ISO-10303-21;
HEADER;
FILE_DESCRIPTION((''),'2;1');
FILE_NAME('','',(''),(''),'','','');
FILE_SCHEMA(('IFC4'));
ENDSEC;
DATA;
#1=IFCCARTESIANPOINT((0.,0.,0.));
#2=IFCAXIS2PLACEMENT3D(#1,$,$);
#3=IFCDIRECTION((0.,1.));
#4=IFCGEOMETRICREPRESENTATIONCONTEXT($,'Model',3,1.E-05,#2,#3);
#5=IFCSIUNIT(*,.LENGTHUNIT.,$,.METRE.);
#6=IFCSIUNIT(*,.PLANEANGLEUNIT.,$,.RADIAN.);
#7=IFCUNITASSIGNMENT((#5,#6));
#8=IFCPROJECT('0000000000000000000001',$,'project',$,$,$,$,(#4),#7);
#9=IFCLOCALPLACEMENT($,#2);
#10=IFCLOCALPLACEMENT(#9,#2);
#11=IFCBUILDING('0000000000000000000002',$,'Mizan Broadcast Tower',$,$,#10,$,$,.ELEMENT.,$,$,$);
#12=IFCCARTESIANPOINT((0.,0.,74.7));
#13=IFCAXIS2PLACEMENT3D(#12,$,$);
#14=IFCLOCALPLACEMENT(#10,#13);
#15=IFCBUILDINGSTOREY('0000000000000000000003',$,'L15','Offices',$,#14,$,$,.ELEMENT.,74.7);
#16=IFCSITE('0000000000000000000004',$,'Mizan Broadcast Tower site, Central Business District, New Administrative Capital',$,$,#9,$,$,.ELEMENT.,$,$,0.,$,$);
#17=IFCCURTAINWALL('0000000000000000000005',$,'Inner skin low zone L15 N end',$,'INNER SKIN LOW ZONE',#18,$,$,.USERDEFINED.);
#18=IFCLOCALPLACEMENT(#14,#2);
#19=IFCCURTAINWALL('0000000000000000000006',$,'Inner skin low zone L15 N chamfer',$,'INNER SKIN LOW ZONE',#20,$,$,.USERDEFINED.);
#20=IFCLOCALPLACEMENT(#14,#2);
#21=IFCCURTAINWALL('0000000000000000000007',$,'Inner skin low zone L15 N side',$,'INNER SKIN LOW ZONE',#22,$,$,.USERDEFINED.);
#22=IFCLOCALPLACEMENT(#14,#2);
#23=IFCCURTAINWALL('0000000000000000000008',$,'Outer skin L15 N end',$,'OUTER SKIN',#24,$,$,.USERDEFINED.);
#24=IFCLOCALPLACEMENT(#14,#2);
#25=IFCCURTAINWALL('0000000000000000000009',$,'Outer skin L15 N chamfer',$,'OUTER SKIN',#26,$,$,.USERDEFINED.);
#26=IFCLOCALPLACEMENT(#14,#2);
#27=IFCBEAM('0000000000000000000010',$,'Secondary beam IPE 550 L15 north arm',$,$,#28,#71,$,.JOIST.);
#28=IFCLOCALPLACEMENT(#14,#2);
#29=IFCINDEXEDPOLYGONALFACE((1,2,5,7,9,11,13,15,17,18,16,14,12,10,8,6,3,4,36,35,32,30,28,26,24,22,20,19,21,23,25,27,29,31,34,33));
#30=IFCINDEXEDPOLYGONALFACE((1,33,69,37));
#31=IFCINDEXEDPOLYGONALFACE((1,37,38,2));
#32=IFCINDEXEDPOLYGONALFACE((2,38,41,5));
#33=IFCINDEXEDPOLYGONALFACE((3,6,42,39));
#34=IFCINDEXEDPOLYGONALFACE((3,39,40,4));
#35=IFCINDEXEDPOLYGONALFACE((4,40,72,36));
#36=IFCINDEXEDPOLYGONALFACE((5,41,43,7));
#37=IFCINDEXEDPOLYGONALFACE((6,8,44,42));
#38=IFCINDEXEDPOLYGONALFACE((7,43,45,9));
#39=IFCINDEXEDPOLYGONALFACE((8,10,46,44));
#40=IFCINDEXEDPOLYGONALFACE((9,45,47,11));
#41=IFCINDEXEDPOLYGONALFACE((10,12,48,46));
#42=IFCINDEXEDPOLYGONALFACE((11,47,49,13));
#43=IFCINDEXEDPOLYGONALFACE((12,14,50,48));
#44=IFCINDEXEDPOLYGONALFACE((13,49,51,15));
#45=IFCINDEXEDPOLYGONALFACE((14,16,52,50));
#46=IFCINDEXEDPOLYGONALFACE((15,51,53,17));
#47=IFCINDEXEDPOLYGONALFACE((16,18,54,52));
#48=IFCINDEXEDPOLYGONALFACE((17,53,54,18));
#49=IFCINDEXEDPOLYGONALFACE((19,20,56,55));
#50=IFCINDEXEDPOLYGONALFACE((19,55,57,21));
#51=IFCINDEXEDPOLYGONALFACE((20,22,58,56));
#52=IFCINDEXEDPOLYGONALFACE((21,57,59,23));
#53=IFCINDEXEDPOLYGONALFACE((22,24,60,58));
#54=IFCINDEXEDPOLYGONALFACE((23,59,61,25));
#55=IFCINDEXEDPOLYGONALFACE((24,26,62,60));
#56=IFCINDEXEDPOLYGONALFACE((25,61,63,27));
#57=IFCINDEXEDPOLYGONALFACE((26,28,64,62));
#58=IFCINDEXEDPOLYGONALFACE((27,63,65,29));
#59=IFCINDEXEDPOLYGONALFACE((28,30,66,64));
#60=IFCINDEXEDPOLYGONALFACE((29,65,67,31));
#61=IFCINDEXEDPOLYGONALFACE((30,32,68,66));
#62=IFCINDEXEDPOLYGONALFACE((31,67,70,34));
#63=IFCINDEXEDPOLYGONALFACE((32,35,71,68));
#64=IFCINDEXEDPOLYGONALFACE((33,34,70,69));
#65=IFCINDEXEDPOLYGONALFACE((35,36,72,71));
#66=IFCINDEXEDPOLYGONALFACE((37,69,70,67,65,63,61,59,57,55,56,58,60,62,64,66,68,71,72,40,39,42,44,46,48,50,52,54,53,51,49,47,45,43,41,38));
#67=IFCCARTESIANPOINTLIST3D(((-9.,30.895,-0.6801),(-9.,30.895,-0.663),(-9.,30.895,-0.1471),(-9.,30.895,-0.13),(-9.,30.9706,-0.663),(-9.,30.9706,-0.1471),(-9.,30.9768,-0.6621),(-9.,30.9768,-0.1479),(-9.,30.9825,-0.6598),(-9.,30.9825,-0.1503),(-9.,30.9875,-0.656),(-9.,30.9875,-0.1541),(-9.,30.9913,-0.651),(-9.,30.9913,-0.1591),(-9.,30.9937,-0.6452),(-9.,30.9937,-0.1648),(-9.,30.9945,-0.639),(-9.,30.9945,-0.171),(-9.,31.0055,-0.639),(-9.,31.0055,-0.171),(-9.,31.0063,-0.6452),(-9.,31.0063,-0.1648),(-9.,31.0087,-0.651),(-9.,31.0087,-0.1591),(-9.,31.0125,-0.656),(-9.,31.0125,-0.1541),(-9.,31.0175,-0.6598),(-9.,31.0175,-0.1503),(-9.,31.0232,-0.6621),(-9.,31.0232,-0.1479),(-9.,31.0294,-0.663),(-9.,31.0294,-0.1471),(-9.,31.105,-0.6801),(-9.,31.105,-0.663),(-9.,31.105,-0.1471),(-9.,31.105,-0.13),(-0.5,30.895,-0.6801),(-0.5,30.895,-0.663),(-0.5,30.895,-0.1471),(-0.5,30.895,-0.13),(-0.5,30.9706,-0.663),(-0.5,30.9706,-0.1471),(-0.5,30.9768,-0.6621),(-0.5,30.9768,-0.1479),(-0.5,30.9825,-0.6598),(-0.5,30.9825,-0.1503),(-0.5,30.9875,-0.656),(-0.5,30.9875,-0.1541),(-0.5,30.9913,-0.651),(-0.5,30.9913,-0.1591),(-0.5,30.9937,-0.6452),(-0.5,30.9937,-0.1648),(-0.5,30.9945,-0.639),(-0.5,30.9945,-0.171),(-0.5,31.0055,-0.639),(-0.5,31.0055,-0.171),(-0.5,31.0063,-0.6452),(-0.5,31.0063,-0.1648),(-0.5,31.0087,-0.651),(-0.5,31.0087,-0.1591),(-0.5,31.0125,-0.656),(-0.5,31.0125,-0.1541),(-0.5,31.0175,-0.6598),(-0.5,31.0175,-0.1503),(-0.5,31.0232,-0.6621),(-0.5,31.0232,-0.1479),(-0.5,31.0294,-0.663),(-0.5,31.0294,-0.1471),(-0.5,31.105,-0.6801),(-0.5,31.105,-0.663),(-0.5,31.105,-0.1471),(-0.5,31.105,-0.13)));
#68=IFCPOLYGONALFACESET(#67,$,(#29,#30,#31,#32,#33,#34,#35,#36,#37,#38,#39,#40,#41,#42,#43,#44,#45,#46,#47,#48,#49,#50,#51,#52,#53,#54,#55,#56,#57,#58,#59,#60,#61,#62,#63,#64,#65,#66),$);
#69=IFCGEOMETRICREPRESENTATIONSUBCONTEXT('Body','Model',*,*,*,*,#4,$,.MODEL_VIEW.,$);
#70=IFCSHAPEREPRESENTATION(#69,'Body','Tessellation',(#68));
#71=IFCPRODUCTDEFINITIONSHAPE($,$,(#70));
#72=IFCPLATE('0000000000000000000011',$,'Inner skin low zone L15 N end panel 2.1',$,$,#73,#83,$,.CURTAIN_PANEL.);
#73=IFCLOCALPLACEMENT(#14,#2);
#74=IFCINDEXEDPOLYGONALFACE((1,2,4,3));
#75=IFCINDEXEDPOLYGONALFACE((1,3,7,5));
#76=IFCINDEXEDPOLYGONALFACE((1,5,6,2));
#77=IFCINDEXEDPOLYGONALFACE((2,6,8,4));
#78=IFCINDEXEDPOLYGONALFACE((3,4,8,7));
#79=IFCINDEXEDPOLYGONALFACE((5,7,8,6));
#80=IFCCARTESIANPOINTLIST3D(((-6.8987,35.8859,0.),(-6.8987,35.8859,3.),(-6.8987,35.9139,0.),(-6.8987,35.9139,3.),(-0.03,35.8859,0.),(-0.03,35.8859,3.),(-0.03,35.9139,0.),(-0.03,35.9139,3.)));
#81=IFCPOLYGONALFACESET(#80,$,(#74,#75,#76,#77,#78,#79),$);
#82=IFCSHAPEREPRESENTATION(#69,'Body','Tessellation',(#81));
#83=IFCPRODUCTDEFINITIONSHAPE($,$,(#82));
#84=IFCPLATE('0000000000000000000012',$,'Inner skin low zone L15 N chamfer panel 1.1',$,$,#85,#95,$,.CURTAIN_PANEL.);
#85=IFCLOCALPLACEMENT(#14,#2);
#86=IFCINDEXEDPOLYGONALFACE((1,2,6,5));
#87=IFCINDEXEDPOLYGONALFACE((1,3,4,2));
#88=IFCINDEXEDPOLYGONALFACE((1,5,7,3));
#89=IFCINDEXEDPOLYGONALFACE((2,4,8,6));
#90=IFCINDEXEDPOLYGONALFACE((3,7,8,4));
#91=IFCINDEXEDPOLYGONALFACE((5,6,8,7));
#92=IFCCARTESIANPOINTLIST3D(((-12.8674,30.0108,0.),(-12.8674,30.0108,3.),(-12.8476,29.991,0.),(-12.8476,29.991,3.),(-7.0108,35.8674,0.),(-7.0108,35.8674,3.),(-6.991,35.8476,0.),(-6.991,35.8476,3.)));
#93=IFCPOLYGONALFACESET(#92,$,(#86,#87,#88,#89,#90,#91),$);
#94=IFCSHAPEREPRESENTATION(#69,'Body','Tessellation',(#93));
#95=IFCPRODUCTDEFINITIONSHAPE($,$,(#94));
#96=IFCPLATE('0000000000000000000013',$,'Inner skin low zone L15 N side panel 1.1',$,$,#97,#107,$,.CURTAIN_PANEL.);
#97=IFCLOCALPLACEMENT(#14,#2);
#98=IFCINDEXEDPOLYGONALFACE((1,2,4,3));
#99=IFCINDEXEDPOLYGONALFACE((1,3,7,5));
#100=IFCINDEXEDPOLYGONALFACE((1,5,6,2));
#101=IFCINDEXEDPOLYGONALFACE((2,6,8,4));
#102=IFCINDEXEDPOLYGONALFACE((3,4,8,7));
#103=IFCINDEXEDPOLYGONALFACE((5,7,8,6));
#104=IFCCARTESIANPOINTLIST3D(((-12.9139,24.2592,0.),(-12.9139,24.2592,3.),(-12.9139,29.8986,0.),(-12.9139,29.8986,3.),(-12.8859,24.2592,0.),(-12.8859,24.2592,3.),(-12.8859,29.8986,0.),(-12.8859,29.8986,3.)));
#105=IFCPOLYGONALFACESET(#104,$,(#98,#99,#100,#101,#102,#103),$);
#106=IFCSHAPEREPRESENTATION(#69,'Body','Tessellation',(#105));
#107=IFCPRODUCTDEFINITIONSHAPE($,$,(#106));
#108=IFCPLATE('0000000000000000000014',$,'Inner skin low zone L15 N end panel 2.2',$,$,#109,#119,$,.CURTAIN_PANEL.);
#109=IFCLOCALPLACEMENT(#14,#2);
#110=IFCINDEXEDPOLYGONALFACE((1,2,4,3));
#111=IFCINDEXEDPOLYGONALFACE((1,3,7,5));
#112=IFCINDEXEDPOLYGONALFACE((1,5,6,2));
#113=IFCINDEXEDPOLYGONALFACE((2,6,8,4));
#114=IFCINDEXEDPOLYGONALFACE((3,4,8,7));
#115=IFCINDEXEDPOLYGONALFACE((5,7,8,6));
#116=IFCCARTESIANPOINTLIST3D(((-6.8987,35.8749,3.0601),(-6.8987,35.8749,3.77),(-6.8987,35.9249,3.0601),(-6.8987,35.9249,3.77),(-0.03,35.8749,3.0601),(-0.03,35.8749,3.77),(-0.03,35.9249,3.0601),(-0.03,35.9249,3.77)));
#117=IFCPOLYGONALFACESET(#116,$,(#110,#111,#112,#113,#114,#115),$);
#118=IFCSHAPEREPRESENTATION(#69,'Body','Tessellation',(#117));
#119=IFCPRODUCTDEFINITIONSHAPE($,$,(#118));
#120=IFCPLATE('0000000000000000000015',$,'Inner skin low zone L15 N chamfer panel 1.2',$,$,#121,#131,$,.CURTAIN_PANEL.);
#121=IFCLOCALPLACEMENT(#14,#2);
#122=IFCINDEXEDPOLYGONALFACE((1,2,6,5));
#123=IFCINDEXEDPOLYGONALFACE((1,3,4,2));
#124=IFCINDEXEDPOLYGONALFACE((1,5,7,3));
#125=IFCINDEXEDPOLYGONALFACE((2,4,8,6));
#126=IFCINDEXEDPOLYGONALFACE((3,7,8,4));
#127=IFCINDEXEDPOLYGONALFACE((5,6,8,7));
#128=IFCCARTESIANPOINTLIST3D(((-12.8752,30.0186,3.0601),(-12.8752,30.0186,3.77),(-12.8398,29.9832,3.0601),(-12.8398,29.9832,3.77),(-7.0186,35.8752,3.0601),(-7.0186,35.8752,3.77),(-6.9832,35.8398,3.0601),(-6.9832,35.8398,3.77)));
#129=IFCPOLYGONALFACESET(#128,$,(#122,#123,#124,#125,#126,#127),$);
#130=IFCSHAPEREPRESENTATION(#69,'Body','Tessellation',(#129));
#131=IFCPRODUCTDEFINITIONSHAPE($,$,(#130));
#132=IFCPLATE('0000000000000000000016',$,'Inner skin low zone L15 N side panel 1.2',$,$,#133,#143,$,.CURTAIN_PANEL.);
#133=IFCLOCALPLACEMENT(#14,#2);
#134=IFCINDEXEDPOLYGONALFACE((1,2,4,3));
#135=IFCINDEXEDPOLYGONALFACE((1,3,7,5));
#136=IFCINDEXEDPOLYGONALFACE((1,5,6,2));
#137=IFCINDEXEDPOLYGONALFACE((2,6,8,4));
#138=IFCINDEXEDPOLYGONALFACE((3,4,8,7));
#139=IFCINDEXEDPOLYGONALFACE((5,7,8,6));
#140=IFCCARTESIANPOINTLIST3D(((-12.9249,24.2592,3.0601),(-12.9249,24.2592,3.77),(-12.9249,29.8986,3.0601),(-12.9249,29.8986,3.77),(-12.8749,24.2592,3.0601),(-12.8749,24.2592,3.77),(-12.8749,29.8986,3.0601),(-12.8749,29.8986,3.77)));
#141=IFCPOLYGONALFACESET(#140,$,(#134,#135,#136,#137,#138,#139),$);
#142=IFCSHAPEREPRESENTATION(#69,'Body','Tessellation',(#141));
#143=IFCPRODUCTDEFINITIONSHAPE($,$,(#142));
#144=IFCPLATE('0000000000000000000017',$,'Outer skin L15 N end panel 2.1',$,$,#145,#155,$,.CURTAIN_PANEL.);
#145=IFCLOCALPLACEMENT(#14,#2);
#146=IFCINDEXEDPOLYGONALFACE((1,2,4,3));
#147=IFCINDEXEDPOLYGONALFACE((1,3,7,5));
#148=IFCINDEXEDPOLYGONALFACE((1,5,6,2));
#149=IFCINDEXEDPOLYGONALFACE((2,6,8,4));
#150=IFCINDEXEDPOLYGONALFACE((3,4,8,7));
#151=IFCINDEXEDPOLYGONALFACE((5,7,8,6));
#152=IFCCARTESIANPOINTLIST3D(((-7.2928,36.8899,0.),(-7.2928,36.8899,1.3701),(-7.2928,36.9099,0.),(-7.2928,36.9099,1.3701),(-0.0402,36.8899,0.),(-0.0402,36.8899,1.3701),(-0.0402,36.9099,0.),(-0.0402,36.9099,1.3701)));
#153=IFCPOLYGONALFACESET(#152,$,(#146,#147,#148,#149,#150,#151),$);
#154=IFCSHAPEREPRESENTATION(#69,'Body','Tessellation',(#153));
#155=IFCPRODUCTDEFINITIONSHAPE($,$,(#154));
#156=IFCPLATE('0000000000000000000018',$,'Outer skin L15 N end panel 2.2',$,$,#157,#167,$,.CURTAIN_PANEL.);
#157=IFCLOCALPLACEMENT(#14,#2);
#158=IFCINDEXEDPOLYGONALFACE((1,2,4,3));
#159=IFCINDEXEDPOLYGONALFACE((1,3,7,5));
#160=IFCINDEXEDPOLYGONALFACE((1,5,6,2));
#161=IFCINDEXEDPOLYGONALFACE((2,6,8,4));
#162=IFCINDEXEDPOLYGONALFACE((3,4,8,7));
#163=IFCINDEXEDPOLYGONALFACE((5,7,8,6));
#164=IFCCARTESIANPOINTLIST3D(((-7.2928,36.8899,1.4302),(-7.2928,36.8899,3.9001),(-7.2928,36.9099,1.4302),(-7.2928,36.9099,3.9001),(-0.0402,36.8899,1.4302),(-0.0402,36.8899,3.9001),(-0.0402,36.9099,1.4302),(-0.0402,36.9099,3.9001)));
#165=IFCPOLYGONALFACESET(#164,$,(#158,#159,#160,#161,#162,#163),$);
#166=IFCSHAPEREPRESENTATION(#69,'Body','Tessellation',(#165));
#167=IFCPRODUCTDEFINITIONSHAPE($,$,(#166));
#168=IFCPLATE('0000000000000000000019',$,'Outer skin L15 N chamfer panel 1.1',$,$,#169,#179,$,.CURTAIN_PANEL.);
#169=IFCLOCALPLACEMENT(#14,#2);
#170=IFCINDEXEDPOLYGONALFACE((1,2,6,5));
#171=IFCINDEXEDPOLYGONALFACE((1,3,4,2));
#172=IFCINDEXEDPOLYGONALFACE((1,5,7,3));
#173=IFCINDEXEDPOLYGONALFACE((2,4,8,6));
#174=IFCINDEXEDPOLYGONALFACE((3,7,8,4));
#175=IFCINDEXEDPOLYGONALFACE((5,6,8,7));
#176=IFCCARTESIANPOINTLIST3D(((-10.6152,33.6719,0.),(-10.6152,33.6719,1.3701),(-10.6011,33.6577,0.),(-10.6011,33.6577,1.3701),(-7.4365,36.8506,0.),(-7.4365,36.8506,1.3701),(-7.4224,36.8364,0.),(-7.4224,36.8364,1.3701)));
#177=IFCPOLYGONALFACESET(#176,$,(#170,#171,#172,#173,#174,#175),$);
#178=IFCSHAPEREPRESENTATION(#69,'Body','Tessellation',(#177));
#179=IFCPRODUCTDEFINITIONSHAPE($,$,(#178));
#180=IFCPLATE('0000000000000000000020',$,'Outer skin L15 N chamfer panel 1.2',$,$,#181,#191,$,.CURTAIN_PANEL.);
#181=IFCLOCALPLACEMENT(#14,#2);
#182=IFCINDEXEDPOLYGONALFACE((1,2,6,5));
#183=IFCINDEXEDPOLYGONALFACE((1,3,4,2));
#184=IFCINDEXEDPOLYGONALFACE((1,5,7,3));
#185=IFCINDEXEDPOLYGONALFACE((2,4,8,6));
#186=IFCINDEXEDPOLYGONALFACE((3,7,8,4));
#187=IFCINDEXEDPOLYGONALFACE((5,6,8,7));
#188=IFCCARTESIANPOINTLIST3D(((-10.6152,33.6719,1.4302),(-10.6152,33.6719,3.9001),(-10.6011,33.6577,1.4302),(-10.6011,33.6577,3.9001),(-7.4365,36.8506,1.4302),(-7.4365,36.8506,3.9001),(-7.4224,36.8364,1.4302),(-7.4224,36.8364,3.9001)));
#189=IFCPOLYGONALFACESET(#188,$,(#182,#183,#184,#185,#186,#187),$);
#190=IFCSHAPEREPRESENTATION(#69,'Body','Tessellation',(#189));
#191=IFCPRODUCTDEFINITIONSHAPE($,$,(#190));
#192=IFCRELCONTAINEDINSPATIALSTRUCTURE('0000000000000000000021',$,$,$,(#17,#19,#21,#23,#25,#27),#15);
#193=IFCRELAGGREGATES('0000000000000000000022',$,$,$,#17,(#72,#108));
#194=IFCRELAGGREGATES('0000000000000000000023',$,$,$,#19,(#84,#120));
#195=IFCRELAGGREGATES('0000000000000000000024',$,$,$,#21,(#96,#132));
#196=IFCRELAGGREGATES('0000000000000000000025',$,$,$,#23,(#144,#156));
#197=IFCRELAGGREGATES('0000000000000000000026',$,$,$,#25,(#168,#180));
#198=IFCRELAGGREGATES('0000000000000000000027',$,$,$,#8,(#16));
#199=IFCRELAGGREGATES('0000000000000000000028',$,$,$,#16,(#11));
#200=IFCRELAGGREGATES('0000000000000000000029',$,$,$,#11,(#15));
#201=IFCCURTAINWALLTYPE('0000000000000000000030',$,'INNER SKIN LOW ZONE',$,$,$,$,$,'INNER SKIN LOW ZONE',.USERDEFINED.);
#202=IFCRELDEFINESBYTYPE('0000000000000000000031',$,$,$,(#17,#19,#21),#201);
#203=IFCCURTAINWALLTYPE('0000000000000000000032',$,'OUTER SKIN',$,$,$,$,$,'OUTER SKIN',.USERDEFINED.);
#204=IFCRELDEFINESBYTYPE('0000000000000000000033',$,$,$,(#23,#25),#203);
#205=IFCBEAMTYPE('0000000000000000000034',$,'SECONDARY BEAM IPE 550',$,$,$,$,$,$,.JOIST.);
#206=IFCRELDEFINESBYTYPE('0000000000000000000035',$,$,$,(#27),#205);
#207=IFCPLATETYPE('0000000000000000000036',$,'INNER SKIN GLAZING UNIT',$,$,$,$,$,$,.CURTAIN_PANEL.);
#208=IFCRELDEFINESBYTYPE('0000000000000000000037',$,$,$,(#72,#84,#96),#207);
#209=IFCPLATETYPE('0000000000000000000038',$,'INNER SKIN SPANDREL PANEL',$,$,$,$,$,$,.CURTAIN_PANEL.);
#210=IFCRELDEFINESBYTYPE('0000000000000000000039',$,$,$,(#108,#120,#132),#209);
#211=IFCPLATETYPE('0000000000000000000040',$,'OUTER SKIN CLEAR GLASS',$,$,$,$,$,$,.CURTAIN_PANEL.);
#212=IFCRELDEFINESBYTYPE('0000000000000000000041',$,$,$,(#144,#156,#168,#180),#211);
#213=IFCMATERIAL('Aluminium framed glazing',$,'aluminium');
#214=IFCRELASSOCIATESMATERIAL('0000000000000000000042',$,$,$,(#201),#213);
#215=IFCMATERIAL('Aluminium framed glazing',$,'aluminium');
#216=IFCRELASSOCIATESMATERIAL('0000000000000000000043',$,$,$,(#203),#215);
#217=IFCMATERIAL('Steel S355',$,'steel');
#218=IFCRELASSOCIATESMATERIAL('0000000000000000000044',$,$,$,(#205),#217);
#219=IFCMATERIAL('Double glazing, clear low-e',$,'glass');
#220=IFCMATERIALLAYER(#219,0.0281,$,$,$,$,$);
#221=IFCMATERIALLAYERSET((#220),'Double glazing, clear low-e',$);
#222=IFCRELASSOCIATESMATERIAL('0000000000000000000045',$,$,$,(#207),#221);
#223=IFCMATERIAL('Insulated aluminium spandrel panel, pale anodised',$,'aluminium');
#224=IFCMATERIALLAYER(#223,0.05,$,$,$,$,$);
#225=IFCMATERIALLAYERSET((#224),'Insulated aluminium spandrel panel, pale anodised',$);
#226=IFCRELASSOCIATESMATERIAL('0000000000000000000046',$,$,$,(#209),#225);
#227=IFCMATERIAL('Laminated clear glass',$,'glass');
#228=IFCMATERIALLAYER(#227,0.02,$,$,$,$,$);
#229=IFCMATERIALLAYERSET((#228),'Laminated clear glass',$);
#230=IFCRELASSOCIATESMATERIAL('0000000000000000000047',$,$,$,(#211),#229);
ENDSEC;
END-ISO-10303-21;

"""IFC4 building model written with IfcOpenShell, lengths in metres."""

from ifc_helpers import new_model, si_unit, direction, frame, origin, origin_2d, place, context, subcontext, project, spatial, rectangle, i_section, extrude, material, layer, layer_set, material_profile, profile_set, type_object, element, aggregate, save


model = new_model("IFC4")

# Units and contexts
model_context = context("Model", 3, precision=1e-05, world=origin(), true_north=direction((0.0, 1.0)))
body_context = subcontext(model_context, "Body", "Model", "MODEL_VIEW")
ifc_project = project(units=[si_unit("LENGTHUNIT", "METRE"), si_unit("PLANEANGLEUNIT", "RADIAN")], contexts=[model_context])

# Site, building, storey
site_placement = place(None, origin())
site = spatial("IfcSite", under=ifc_project, at=site_placement, Name="Mizan Broadcast Tower site, Central Business District, New Administrative Capital", CompositionType="ELEMENT", RefElevation=0.0)
building_placement = place(site_placement, origin())
building = spatial("IfcBuilding", under=site, at=building_placement, Name="Mizan Broadcast Tower", CompositionType="ELEMENT")
storey_placement = place(building_placement, frame((0.0, 0.0, 74.7)))
storey = spatial("IfcBuildingStorey", under=building, at=storey_placement, Name="L15", Description="Offices", CompositionType="ELEMENT", Elevation=74.7)

# Curtain walls
ifc_material_1 = material(Name="Aluminium framed glazing", Category="aluminium")
curtain_wall_type_1 = type_object("IfcCurtainWallType", Name="INNER SKIN LOW ZONE", ElementType="INNER SKIN LOW ZONE", PredefinedType="USERDEFINED", material=ifc_material_1)
curtain_wall_1_placement = place(storey_placement, origin())
curtain_wall_1 = element("IfcCurtainWall", 1, at=curtain_wall_1_placement, inside=storey, type_object=curtain_wall_type_1, Name="Inner skin low zone L15 N end", ObjectType="INNER SKIN LOW ZONE", PredefinedType="USERDEFINED")
curtain_wall_2_placement = place(storey_placement, origin())
curtain_wall_2 = element("IfcCurtainWall", 2, at=curtain_wall_2_placement, inside=storey, type_object=curtain_wall_type_1, Name="Inner skin low zone L15 N chamfer", ObjectType="INNER SKIN LOW ZONE", PredefinedType="USERDEFINED")
curtain_wall_3_placement = place(storey_placement, origin())
curtain_wall_3 = element("IfcCurtainWall", 3, at=curtain_wall_3_placement, inside=storey, type_object=curtain_wall_type_1, Name="Inner skin low zone L15 N side", ObjectType="INNER SKIN LOW ZONE", PredefinedType="USERDEFINED")

# Curtain walls
ifc_material_2 = material(Name="Aluminium framed glazing", Category="aluminium")
curtain_wall_type_2 = type_object("IfcCurtainWallType", Name="OUTER SKIN", ElementType="OUTER SKIN", PredefinedType="USERDEFINED", material=ifc_material_2)
curtain_wall_4_placement = place(storey_placement, origin())
curtain_wall_4 = element("IfcCurtainWall", 4, at=curtain_wall_4_placement, inside=storey, type_object=curtain_wall_type_2, Name="Outer skin L15 N end", ObjectType="OUTER SKIN", PredefinedType="USERDEFINED")
curtain_wall_5_placement = place(storey_placement, origin())
curtain_wall_5 = element("IfcCurtainWall", 5, at=curtain_wall_5_placement, inside=storey, type_object=curtain_wall_type_2, Name="Outer skin L15 N chamfer", ObjectType="OUTER SKIN", PredefinedType="USERDEFINED")

# Beam
ifc_material_3 = material(Name="Steel S355", Category="steel")
ifc_material_profile_1 = material_profile(ifc_material_3, i_section(OverallWidth=0.21, OverallDepth=0.55, WebThickness=0.011, FlangeThickness=0.0171, FilletRadius=0.0239, at=origin_2d()), Name="IPE 550")
ifc_profile_set_1 = profile_set([ifc_material_profile_1], Name="Steel S355")
beam_type_1 = type_object("IfcBeamType", Name="SECONDARY BEAM IPE 550", PredefinedType="JOIST", material=ifc_profile_set_1)
beam_1_placement = place(storey_placement, frame((-9.0, 31.0, -0.405), z_axis=(1.0, 0.0, 0.0), x_axis=(0.0, 1.0, 0.0)))
element("IfcBeam", 6, at=beam_1_placement, inside=storey, type_object=beam_type_1, Name="Secondary beam IPE 550 L15 north arm", PredefinedType="JOIST", context=body_context, shape_type="SweptSolid", body=[
    extrude(i_section(OverallWidth=0.21, OverallDepth=0.55, WebThickness=0.011, FlangeThickness=0.0171, FilletRadius=0.0239, at=origin_2d()), origin(), (0.0, 0.0, 1.0), 8.5),
])

# Plates
ifc_material_4 = material(Name="Double glazing, clear low-e", Category="glass")
ifc_layer_1 = layer(ifc_material_4, 0.0281)
ifc_layer_set_1 = layer_set([ifc_layer_1], Name="Double glazing, clear low-e")
plate_type_1 = type_object("IfcPlateType", Name="INNER SKIN GLAZING UNIT", PredefinedType="CURTAIN_PANEL", material=ifc_layer_set_1)
plate_1_placement = place(storey_placement, frame((-3.4644, 35.8999, 0.0), z_axis=(0.0, 0.0, 1.0), x_axis=(-1.0, 0.0, 0.0)))
plate_1 = element("IfcPlate", 7, at=plate_1_placement, type_object=plate_type_1, Name="Inner skin low zone L15 N end panel 2.1", PredefinedType="CURTAIN_PANEL", context=body_context, shape_type="SweptSolid", body=[
    extrude(rectangle(XDim=6.8687, YDim=0.0281, at=origin_2d()), origin(), (0.0, 0.0, 1.0), 3.0),
])
plate_2_placement = place(storey_placement, frame((-9.9292, 32.9292, 0.0), z_axis=(0.0, 0.0, 1.0), x_axis=(-0.707107, -0.707107, 0.0)))
plate_2 = element("IfcPlate", 8, at=plate_2_placement, type_object=plate_type_1, Name="Inner skin low zone L15 N chamfer panel 1.1", PredefinedType="CURTAIN_PANEL", context=body_context, shape_type="SweptSolid", body=[
    extrude(rectangle(XDim=8.2825, YDim=0.0281, at=origin_2d()), origin(), (0.0, 0.0, 1.0), 3.0),
])
plate_3_placement = place(storey_placement, frame((-12.8999, 27.0789, 0.0), z_axis=(0.0, 0.0, 1.0), x_axis=(0.0, -1.0, 0.0)))
plate_3 = element("IfcPlate", 9, at=plate_3_placement, type_object=plate_type_1, Name="Inner skin low zone L15 N side panel 1.1", PredefinedType="CURTAIN_PANEL", context=body_context, shape_type="SweptSolid", body=[
    extrude(rectangle(XDim=5.6394, YDim=0.0281, at=origin_2d()), origin(), (0.0, 0.0, 1.0), 3.0),
])
ifc_material_5 = material(Name="Insulated aluminium spandrel panel, pale anodised", Category="aluminium")
ifc_layer_2 = layer(ifc_material_5, 0.05)
ifc_layer_set_2 = layer_set([ifc_layer_2], Name="Insulated aluminium spandrel panel, pale anodised")
plate_type_2 = type_object("IfcPlateType", Name="INNER SKIN SPANDREL PANEL", PredefinedType="CURTAIN_PANEL", material=ifc_layer_set_2)
plate_4_placement = place(storey_placement, frame((-3.4644, 35.8999, 3.0601), z_axis=(0.0, 0.0, 1.0), x_axis=(-1.0, 0.0, 0.0)))
plate_4 = element("IfcPlate", 10, at=plate_4_placement, type_object=plate_type_2, Name="Inner skin low zone L15 N end panel 2.2", PredefinedType="CURTAIN_PANEL", context=body_context, shape_type="SweptSolid", body=[
    extrude(rectangle(XDim=6.8687, YDim=0.05, at=origin_2d()), origin(), (0.0, 0.0, 1.0), 0.71),
])
aggregate(curtain_wall_1, [plate_1, plate_4])
plate_5_placement = place(storey_placement, frame((-9.9292, 32.9292, 3.0601), z_axis=(0.0, 0.0, 1.0), x_axis=(-0.707107, -0.707107, 0.0)))
plate_5 = element("IfcPlate", 11, at=plate_5_placement, type_object=plate_type_2, Name="Inner skin low zone L15 N chamfer panel 1.2", PredefinedType="CURTAIN_PANEL", context=body_context, shape_type="SweptSolid", body=[
    extrude(rectangle(XDim=8.2825, YDim=0.05, at=origin_2d()), origin(), (0.0, 0.0, 1.0), 0.71),
])
aggregate(curtain_wall_2, [plate_2, plate_5])
plate_6_placement = place(storey_placement, frame((-12.8999, 27.0789, 3.0601), z_axis=(0.0, 0.0, 1.0), x_axis=(0.0, -1.0, 0.0)))
plate_6 = element("IfcPlate", 12, at=plate_6_placement, type_object=plate_type_2, Name="Inner skin low zone L15 N side panel 1.2", PredefinedType="CURTAIN_PANEL", context=body_context, shape_type="SweptSolid", body=[
    extrude(rectangle(XDim=5.6394, YDim=0.05, at=origin_2d()), origin(), (0.0, 0.0, 1.0), 0.71),
])
aggregate(curtain_wall_3, [plate_3, plate_6])
ifc_material_6 = material(Name="Laminated clear glass", Category="glass")
ifc_layer_3 = layer(ifc_material_6, 0.02)
ifc_layer_set_3 = layer_set([ifc_layer_3], Name="Laminated clear glass")
plate_type_3 = type_object("IfcPlateType", Name="OUTER SKIN CLEAR GLASS", PredefinedType="CURTAIN_PANEL", material=ifc_layer_set_3)
plate_7_placement = place(storey_placement, frame((-3.6665, 36.8999, 0.0), z_axis=(0.0, 0.0, 1.0), x_axis=(-1.0, 0.0, 0.0)))
plate_7 = element("IfcPlate", 13, at=plate_7_placement, type_object=plate_type_3, Name="Outer skin L15 N end panel 2.1", PredefinedType="CURTAIN_PANEL", context=body_context, shape_type="SweptSolid", body=[
    extrude(rectangle(XDim=7.2527, YDim=0.02, at=origin_2d()), origin(), (0.0, 0.0, 1.0), 1.3701),
])
plate_8_placement = place(storey_placement, frame((-3.6665, 36.8999, 1.4302), z_axis=(0.0, 0.0, 1.0), x_axis=(-1.0, 0.0, 0.0)))
plate_8 = element("IfcPlate", 14, at=plate_8_placement, type_object=plate_type_3, Name="Outer skin L15 N end panel 2.2", PredefinedType="CURTAIN_PANEL", context=body_context, shape_type="SweptSolid", body=[
    extrude(rectangle(XDim=7.2527, YDim=0.02, at=origin_2d()), origin(), (0.0, 0.0, 1.0), 2.47),
])
aggregate(curtain_wall_4, [plate_7, plate_8])
plate_9_placement = place(storey_placement, frame((-9.0188, 35.2542, 0.0), z_axis=(0.0, 0.0, 1.0), x_axis=(-0.707107, -0.707107, 0.0)))
plate_9 = element("IfcPlate", 15, at=plate_9_placement, type_object=plate_type_3, Name="Outer skin L15 N chamfer panel 1.1", PredefinedType="CURTAIN_PANEL", context=body_context, shape_type="SweptSolid", body=[
    extrude(rectangle(XDim=4.4954, YDim=0.02, at=origin_2d()), origin(), (0.0, 0.0, 1.0), 1.3701),
])
plate_10_placement = place(storey_placement, frame((-9.0188, 35.2542, 1.4302), z_axis=(0.0, 0.0, 1.0), x_axis=(-0.707107, -0.707107, 0.0)))
plate_10 = element("IfcPlate", 16, at=plate_10_placement, type_object=plate_type_3, Name="Outer skin L15 N chamfer panel 1.2", PredefinedType="CURTAIN_PANEL", context=body_context, shape_type="SweptSolid", body=[
    extrude(rectangle(XDim=4.4954, YDim=0.02, at=origin_2d()), origin(), (0.0, 0.0, 1.0), 2.47),
])
aggregate(curtain_wall_5, [plate_9, plate_10])

save(model, "model.ifc")
